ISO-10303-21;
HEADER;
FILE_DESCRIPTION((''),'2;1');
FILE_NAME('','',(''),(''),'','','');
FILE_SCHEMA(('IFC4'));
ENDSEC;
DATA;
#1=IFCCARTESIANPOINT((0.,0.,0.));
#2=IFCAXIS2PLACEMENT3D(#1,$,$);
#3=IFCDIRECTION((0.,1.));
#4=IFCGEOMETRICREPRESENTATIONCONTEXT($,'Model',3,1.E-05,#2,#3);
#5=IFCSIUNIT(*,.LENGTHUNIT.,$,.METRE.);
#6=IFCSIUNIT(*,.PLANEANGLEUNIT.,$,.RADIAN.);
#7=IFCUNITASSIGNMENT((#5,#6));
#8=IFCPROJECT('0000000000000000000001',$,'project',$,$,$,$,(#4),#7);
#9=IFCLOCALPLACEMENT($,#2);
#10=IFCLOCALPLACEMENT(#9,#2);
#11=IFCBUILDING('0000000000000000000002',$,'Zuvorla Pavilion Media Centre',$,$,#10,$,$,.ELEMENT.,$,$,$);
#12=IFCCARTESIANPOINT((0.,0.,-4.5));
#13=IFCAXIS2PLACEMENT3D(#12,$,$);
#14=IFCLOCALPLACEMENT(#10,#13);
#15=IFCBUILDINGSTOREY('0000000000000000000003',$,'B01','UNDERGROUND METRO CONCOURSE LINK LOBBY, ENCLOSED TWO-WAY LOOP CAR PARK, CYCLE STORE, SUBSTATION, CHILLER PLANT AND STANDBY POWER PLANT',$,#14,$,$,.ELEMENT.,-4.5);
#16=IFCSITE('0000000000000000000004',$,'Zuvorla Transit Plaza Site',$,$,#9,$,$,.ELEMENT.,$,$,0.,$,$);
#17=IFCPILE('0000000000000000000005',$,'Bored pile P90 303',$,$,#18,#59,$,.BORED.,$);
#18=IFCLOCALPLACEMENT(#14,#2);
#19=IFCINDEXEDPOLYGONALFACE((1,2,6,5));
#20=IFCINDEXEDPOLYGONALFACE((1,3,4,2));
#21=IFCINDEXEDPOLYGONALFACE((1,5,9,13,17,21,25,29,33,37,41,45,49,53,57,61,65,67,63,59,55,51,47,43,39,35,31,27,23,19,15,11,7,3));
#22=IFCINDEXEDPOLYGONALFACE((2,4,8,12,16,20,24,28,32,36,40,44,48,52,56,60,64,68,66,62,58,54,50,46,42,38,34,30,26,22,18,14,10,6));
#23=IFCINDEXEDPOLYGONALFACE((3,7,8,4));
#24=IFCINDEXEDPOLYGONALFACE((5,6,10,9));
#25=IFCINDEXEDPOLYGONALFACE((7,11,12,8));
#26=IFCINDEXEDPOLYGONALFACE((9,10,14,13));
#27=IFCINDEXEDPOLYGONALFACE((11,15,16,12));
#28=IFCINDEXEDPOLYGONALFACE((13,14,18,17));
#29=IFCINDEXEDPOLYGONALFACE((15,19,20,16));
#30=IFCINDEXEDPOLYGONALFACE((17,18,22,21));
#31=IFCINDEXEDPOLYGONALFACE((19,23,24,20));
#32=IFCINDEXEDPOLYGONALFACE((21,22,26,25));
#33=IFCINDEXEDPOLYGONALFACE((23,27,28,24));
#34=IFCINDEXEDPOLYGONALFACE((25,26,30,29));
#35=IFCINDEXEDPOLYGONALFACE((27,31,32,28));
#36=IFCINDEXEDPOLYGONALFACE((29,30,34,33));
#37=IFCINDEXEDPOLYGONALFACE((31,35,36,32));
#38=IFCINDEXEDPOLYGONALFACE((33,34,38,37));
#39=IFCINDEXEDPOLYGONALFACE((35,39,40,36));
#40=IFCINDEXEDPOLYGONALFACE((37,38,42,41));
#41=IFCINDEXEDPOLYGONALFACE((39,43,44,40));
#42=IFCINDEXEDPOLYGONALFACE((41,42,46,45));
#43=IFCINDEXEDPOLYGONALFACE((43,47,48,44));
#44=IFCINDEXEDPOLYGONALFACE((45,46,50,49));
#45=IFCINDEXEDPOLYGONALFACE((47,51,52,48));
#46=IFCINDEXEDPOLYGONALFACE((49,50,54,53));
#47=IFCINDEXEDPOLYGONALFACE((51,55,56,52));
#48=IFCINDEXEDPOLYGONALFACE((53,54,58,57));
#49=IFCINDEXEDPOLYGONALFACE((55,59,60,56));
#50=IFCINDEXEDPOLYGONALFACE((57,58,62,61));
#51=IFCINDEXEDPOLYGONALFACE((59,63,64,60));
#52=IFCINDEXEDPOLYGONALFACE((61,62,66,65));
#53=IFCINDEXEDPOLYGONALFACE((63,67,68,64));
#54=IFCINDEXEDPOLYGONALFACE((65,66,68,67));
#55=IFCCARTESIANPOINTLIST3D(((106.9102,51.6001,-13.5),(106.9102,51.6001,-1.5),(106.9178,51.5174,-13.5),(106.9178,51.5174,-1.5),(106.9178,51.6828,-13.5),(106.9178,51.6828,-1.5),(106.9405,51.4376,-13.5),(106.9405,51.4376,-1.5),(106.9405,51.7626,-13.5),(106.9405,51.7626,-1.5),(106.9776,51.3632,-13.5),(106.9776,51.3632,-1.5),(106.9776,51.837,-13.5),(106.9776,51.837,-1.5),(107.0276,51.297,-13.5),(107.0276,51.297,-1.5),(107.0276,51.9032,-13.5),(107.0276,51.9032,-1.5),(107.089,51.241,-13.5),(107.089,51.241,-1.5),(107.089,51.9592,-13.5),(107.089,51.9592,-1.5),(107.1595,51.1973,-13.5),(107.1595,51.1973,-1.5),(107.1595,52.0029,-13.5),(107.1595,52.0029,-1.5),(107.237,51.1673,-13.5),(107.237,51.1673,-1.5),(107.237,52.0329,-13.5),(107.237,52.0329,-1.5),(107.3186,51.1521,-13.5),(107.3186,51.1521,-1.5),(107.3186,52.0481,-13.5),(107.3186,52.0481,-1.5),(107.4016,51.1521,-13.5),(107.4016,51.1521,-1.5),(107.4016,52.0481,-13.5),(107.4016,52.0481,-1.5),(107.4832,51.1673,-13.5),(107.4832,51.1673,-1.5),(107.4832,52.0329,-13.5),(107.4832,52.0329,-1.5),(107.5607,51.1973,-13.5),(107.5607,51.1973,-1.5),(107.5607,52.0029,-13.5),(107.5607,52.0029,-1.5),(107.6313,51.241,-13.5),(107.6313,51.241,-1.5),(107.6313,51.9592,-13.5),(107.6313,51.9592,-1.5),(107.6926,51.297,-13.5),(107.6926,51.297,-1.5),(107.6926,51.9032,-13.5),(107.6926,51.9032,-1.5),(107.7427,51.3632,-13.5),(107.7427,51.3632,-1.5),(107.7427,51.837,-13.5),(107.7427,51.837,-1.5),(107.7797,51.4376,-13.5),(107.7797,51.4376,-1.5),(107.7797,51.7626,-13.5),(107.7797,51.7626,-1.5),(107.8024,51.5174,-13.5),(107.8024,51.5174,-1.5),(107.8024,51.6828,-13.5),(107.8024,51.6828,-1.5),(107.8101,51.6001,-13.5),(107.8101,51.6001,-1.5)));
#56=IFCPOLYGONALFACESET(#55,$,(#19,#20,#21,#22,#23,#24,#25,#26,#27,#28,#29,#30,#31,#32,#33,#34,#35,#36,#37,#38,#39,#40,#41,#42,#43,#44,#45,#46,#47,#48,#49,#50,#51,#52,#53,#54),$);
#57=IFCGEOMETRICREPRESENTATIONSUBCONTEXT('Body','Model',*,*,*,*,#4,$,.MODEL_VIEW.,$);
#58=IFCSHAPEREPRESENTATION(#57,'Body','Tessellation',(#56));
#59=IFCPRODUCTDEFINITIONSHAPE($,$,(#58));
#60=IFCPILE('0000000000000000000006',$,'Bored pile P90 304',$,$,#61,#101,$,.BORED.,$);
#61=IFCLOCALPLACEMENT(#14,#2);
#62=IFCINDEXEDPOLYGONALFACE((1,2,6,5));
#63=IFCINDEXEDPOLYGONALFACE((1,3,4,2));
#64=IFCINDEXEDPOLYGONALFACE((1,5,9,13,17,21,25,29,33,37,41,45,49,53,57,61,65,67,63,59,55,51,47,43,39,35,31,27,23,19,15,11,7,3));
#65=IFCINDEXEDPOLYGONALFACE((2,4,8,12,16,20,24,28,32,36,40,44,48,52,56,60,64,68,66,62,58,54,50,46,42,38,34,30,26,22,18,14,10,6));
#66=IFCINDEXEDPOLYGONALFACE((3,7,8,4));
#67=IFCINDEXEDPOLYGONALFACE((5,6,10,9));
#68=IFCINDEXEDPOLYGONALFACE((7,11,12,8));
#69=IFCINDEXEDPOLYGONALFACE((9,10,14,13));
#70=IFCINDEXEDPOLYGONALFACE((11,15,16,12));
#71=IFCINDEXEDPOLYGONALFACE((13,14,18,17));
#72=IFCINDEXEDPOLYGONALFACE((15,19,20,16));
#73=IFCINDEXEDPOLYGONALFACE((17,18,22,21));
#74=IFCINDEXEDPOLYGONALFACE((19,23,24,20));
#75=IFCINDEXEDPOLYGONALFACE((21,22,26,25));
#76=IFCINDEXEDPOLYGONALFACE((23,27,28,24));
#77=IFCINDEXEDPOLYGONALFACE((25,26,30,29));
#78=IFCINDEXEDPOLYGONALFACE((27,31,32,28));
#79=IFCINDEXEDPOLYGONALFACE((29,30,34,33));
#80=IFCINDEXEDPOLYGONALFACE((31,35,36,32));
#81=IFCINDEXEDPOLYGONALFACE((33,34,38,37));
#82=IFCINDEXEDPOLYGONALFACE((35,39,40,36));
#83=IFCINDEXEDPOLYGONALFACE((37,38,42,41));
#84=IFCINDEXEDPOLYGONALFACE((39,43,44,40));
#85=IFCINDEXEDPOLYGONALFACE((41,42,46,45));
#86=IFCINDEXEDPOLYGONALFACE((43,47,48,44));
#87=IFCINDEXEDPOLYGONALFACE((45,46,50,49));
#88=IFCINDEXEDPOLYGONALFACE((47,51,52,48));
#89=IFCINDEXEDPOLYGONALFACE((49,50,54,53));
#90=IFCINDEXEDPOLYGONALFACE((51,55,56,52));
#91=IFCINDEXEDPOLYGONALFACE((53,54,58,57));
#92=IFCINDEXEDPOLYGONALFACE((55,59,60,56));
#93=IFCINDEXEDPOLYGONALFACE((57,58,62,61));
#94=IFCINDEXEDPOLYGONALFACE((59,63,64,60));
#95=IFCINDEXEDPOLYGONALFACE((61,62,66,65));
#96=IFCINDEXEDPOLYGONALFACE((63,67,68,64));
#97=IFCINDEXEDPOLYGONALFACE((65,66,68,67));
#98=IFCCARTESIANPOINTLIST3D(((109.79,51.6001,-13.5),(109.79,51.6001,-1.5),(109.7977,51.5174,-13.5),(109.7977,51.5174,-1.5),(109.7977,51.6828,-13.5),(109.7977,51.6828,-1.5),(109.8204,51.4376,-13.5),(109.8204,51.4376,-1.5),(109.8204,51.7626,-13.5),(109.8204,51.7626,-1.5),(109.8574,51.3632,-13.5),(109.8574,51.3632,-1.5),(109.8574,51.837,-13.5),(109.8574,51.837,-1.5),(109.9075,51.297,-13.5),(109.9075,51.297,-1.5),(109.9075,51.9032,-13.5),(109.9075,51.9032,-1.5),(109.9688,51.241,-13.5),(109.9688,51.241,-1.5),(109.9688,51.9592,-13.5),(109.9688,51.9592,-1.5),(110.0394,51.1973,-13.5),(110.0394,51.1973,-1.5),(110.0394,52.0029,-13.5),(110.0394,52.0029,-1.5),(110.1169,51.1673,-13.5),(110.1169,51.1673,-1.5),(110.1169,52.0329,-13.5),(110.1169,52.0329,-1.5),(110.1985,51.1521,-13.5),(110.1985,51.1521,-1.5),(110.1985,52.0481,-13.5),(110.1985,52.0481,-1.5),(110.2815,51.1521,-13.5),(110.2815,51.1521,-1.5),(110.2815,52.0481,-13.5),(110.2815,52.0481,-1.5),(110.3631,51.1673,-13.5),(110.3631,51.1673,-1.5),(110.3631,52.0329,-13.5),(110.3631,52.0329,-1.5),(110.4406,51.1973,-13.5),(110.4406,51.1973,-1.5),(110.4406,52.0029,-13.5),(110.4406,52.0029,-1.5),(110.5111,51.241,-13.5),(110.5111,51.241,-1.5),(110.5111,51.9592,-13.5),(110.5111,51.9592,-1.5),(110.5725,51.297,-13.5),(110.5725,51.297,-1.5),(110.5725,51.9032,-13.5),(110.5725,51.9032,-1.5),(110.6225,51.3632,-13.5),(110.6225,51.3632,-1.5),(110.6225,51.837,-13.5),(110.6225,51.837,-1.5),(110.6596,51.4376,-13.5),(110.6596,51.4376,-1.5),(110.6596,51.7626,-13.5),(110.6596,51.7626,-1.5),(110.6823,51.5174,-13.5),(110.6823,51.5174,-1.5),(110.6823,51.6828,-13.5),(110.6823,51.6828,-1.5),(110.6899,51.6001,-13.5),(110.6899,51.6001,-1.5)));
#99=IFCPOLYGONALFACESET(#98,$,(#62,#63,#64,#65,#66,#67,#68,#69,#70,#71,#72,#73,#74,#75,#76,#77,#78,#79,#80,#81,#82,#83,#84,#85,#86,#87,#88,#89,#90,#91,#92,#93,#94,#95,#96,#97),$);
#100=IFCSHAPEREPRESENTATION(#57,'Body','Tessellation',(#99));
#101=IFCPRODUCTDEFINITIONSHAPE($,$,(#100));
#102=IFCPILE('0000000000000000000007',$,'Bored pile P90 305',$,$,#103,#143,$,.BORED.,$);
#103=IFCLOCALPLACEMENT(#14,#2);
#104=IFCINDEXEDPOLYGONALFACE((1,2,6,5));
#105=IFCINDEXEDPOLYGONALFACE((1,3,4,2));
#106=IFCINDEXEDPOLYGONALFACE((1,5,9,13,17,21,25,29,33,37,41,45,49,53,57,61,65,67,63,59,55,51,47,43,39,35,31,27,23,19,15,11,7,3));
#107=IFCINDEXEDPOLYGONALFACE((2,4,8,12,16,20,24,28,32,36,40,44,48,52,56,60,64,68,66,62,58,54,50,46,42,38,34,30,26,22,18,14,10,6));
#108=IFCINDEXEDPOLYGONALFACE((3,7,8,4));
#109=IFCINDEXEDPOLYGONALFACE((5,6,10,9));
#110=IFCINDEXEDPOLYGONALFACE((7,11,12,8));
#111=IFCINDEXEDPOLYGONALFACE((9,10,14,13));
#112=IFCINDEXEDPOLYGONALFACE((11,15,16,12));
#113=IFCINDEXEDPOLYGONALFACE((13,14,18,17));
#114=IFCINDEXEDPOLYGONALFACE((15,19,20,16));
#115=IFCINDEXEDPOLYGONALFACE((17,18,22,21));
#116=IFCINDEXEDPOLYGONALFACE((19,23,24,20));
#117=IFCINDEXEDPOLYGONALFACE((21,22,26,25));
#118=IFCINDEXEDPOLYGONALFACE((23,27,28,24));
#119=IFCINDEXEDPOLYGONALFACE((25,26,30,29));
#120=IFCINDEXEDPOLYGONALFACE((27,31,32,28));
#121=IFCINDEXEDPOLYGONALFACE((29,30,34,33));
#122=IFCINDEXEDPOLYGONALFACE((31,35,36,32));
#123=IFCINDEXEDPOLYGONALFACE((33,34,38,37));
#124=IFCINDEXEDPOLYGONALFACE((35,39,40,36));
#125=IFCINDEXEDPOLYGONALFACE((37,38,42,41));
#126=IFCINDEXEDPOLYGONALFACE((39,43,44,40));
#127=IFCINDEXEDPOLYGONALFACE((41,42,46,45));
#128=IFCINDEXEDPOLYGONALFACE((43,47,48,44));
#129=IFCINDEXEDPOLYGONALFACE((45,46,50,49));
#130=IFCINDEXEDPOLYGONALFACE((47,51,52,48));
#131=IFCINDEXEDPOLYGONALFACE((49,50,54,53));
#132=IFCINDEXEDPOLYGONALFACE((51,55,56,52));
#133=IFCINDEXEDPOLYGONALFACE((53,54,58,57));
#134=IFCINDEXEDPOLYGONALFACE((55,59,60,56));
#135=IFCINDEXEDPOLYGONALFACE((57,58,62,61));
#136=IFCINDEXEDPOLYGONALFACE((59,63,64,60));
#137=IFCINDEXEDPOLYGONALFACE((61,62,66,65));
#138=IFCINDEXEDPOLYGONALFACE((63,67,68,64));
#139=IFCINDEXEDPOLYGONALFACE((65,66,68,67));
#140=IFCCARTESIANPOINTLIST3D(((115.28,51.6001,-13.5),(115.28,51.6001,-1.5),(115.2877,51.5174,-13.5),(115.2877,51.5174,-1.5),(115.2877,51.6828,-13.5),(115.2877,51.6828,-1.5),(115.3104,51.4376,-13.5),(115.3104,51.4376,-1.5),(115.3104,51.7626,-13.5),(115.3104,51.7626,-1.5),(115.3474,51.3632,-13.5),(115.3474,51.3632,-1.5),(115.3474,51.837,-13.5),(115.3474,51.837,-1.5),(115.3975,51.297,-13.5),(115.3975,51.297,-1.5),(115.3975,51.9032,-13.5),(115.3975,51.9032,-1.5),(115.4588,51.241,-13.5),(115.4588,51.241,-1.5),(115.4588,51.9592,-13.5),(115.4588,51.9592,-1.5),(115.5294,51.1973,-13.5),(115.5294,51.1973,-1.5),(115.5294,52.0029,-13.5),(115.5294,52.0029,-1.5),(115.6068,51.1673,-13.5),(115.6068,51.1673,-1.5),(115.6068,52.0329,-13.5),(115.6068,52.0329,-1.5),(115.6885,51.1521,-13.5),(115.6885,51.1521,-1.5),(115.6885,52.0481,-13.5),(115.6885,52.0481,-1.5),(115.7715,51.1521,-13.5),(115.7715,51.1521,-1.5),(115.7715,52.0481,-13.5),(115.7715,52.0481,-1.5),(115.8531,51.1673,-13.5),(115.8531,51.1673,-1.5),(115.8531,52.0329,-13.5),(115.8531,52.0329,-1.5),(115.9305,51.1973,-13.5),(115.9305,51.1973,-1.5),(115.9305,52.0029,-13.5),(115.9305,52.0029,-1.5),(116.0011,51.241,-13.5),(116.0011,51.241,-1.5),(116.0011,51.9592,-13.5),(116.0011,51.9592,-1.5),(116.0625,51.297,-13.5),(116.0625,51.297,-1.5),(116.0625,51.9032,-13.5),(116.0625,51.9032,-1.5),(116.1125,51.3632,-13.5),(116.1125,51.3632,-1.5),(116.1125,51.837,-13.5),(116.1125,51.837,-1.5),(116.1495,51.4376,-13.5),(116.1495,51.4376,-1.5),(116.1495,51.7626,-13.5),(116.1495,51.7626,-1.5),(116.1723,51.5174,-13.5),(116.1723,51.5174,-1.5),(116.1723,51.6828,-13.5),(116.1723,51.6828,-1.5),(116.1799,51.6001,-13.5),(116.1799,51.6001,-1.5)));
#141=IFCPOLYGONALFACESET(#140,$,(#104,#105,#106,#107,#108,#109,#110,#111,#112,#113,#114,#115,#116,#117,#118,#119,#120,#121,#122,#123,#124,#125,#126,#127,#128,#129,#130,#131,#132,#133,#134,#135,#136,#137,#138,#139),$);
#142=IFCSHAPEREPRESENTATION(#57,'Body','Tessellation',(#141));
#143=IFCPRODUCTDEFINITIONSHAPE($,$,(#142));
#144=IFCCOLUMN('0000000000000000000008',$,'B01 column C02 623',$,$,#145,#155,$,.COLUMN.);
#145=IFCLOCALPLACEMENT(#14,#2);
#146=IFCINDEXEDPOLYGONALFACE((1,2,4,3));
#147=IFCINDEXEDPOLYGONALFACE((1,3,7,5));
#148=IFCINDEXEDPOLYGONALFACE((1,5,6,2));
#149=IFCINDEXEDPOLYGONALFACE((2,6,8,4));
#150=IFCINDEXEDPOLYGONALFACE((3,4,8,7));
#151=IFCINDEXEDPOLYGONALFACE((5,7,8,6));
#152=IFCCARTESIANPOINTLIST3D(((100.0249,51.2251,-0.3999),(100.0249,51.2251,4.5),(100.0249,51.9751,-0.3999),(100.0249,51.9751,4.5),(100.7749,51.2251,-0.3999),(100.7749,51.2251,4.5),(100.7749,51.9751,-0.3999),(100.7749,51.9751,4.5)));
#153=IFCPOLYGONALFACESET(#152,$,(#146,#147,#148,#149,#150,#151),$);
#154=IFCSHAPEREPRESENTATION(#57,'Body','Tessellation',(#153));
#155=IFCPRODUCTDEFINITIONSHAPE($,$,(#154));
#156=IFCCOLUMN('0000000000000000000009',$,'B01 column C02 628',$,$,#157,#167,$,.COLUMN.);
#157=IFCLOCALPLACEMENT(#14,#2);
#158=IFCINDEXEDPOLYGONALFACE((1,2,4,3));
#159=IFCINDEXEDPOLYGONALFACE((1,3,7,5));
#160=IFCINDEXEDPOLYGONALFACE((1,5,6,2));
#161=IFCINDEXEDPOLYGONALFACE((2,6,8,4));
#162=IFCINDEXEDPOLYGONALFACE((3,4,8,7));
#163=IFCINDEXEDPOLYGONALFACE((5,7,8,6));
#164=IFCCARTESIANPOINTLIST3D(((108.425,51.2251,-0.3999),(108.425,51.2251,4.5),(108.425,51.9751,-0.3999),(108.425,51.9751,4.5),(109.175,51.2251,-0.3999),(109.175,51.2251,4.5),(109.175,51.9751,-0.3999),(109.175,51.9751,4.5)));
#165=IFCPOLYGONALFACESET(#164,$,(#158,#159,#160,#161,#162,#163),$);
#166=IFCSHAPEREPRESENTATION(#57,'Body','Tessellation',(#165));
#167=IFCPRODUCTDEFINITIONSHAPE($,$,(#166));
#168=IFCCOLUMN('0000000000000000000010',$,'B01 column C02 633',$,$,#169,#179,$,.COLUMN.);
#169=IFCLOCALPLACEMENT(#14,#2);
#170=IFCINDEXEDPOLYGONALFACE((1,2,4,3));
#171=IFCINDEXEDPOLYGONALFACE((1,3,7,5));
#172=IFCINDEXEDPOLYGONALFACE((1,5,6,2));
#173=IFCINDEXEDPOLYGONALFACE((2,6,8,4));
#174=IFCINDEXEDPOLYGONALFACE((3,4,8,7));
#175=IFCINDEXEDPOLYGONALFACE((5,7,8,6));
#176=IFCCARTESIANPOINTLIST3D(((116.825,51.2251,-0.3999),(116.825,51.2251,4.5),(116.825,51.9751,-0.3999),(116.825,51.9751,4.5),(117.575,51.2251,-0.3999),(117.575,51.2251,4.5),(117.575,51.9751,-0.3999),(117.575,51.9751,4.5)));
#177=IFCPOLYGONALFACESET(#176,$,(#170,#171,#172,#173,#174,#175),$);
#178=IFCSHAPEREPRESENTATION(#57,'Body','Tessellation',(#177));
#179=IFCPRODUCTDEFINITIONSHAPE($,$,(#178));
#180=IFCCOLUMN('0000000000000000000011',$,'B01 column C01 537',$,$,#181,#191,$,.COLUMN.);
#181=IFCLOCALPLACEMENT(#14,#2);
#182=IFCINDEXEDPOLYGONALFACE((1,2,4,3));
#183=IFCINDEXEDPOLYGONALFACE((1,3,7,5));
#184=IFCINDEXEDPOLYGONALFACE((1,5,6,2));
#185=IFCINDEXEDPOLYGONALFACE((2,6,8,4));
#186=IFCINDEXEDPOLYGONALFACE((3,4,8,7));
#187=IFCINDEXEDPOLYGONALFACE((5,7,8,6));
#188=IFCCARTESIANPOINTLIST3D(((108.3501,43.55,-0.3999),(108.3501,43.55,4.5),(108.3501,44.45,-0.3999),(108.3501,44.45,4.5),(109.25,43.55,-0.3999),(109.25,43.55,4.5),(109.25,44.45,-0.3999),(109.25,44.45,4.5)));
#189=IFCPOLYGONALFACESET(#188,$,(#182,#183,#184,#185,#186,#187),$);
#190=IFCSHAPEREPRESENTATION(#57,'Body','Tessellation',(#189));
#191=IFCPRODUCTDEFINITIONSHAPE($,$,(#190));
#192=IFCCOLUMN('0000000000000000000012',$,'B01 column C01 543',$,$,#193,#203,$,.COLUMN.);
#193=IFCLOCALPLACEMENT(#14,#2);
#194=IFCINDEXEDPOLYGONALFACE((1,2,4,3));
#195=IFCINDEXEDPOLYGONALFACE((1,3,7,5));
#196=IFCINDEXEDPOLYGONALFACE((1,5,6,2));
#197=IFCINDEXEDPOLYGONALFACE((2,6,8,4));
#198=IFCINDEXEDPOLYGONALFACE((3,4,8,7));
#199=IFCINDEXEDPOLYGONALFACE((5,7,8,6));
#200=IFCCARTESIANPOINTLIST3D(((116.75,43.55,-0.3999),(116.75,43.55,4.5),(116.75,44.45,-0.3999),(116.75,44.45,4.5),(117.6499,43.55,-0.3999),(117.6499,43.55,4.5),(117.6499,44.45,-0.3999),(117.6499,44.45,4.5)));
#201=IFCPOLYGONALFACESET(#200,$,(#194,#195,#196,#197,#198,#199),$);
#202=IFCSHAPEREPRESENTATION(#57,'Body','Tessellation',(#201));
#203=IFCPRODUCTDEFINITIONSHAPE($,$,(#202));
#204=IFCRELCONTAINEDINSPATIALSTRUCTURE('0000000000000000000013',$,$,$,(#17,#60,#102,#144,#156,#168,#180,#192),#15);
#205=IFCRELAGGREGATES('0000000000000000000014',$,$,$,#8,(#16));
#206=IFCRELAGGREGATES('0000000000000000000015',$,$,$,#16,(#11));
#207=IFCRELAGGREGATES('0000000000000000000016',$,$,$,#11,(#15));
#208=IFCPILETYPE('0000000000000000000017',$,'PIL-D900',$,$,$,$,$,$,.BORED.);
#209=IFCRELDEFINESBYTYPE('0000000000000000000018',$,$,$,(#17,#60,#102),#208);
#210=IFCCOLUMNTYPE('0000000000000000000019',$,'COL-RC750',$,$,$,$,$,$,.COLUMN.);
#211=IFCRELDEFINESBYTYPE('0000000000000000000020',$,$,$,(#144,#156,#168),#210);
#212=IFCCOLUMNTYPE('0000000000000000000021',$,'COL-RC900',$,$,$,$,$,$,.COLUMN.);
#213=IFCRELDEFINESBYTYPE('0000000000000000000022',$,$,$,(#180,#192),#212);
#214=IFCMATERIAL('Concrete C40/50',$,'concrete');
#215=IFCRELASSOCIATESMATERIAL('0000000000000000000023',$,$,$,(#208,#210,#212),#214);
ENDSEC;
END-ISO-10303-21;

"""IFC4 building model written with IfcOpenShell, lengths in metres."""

from ifc_helpers import new_model, si_unit, direction, frame, origin, origin_2d, place, context, subcontext, project, spatial, rectangle, circle, extrude, material, material_profile, profile_set, type_object, element, save


model = new_model("IFC4")

# Units and contexts
model_context = context("Model", 3, precision=1e-05, world=origin(), true_north=direction((0.0, 1.0)))
body_context = subcontext(model_context, "Body", "Model", "MODEL_VIEW")
ifc_project = project(units=[si_unit("LENGTHUNIT", "METRE"), si_unit("PLANEANGLEUNIT", "RADIAN")], contexts=[model_context])

# Site, building, storey
site_placement = place(None, origin())
site = spatial("IfcSite", under=ifc_project, at=site_placement, Name="Zuvorla Transit Plaza Site", CompositionType="ELEMENT", RefElevation=0.0)
building_placement = place(site_placement, origin())
building = spatial("IfcBuilding", under=site, at=building_placement, Name="Zuvorla Pavilion Media Centre", CompositionType="ELEMENT")
storey_placement = place(building_placement, frame((0.0, 0.0, -4.5)))
storey = spatial("IfcBuildingStorey", under=building, at=storey_placement, Name="B01", Description="UNDERGROUND METRO CONCOURSE LINK LOBBY, ENCLOSED TWO-WAY LOOP CAR PARK, CYCLE STORE, SUBSTATION, CHILLER PLANT AND STANDBY POWER PLANT", CompositionType="ELEMENT", Elevation=-4.5)

# Shared definitions
ifc_material = material(Name="Concrete C40/50", Category="concrete")

# Piles
ifc_material_profile_1 = material_profile(ifc_material, circle(Radius=0.45, at=origin_2d()), Name="BORED PILE 900")
ifc_profile_set_1 = profile_set([ifc_material_profile_1], Name="Concrete C40/50")
pile_type = type_object("IfcPileType", Name="PIL-D900", PredefinedType="BORED", material=ifc_profile_set_1)
for number, where, z_axis, x_axis, name in (
    (1, (107.3601, 51.6001, -1.5), (0.0, 0.0, -1.0), (1.0, 0.0, 0.0), "Bored pile P90 303"),
    (2, (110.24, 51.6001, -1.5), (0.0, 0.0, -1.0), (1.0, 0.0, 0.0), "Bored pile P90 304"),
    (3, (115.73, 51.6001, -1.5), (0.0, 0.0, -1.0), (1.0, 0.0, 0.0), "Bored pile P90 305"),
):
    element("IfcPile", number, at=place(storey_placement, frame(where, z_axis=z_axis, x_axis=x_axis)), inside=storey, type_object=pile_type, Name=name, PredefinedType="BORED", context=body_context, shape_type="SweptSolid", body=[
        extrude(circle(Radius=0.45, at=origin_2d()), origin(), (0.0, 0.0, 1.0), 12.0),
    ])

# Columns
ifc_material_profile_2 = material_profile(ifc_material, rectangle(XDim=0.75, YDim=0.75, at=origin_2d()), Name="RC 750x750")
ifc_profile_set_2 = profile_set([ifc_material_profile_2], Name="Concrete C40/50")
column_type_1 = type_object("IfcColumnType", Name="COL-RC750", PredefinedType="COLUMN", material=ifc_profile_set_2)
for number, where, z_axis, x_axis, name in (
    (4, (100.3999, 51.6001, -0.3999), (0.0, 0.0, 1.0), (1.0, 0.0, 0.0), "B01 column C02 623"),
    (5, (108.8, 51.6001, -0.3999), (0.0, 0.0, 1.0), (1.0, 0.0, 0.0), "B01 column C02 628"),
    (6, (117.2, 51.6001, -0.3999), (0.0, 0.0, 1.0), (1.0, 0.0, 0.0), "B01 column C02 633"),
):
    element("IfcColumn", number, at=place(storey_placement, frame(where, z_axis=z_axis, x_axis=x_axis)), inside=storey, type_object=column_type_1, Name=name, PredefinedType="COLUMN", context=body_context, shape_type="SweptSolid", body=[
        extrude(rectangle(XDim=0.75, YDim=0.75, at=origin_2d()), origin(), (0.0, 0.0, 1.0), 4.8999),
    ])
ifc_material_profile_3 = material_profile(ifc_material, rectangle(XDim=0.8999, YDim=0.8999, at=origin_2d()), Name="RC 900x900")
ifc_profile_set_3 = profile_set([ifc_material_profile_3], Name="Concrete C40/50")
column_type_2 = type_object("IfcColumnType", Name="COL-RC900", PredefinedType="COLUMN", material=ifc_profile_set_3)
for number, where, z_axis, x_axis, name in (
    (7, (108.8, 44.0, -0.3999), (0.0, 0.0, 1.0), (1.0, 0.0, 0.0), "B01 column C01 537"),
    (8, (117.2, 44.0, -0.3999), (0.0, 0.0, 1.0), (1.0, 0.0, 0.0), "B01 column C01 543"),
):
    element("IfcColumn", number, at=place(storey_placement, frame(where, z_axis=z_axis, x_axis=x_axis)), inside=storey, type_object=column_type_2, Name=name, PredefinedType="COLUMN", context=body_context, shape_type="SweptSolid", body=[
        extrude(rectangle(XDim=0.8999, YDim=0.8999, at=origin_2d()), origin(), (0.0, 0.0, 1.0), 4.8999),
    ])

save(model, "model.ifc")
